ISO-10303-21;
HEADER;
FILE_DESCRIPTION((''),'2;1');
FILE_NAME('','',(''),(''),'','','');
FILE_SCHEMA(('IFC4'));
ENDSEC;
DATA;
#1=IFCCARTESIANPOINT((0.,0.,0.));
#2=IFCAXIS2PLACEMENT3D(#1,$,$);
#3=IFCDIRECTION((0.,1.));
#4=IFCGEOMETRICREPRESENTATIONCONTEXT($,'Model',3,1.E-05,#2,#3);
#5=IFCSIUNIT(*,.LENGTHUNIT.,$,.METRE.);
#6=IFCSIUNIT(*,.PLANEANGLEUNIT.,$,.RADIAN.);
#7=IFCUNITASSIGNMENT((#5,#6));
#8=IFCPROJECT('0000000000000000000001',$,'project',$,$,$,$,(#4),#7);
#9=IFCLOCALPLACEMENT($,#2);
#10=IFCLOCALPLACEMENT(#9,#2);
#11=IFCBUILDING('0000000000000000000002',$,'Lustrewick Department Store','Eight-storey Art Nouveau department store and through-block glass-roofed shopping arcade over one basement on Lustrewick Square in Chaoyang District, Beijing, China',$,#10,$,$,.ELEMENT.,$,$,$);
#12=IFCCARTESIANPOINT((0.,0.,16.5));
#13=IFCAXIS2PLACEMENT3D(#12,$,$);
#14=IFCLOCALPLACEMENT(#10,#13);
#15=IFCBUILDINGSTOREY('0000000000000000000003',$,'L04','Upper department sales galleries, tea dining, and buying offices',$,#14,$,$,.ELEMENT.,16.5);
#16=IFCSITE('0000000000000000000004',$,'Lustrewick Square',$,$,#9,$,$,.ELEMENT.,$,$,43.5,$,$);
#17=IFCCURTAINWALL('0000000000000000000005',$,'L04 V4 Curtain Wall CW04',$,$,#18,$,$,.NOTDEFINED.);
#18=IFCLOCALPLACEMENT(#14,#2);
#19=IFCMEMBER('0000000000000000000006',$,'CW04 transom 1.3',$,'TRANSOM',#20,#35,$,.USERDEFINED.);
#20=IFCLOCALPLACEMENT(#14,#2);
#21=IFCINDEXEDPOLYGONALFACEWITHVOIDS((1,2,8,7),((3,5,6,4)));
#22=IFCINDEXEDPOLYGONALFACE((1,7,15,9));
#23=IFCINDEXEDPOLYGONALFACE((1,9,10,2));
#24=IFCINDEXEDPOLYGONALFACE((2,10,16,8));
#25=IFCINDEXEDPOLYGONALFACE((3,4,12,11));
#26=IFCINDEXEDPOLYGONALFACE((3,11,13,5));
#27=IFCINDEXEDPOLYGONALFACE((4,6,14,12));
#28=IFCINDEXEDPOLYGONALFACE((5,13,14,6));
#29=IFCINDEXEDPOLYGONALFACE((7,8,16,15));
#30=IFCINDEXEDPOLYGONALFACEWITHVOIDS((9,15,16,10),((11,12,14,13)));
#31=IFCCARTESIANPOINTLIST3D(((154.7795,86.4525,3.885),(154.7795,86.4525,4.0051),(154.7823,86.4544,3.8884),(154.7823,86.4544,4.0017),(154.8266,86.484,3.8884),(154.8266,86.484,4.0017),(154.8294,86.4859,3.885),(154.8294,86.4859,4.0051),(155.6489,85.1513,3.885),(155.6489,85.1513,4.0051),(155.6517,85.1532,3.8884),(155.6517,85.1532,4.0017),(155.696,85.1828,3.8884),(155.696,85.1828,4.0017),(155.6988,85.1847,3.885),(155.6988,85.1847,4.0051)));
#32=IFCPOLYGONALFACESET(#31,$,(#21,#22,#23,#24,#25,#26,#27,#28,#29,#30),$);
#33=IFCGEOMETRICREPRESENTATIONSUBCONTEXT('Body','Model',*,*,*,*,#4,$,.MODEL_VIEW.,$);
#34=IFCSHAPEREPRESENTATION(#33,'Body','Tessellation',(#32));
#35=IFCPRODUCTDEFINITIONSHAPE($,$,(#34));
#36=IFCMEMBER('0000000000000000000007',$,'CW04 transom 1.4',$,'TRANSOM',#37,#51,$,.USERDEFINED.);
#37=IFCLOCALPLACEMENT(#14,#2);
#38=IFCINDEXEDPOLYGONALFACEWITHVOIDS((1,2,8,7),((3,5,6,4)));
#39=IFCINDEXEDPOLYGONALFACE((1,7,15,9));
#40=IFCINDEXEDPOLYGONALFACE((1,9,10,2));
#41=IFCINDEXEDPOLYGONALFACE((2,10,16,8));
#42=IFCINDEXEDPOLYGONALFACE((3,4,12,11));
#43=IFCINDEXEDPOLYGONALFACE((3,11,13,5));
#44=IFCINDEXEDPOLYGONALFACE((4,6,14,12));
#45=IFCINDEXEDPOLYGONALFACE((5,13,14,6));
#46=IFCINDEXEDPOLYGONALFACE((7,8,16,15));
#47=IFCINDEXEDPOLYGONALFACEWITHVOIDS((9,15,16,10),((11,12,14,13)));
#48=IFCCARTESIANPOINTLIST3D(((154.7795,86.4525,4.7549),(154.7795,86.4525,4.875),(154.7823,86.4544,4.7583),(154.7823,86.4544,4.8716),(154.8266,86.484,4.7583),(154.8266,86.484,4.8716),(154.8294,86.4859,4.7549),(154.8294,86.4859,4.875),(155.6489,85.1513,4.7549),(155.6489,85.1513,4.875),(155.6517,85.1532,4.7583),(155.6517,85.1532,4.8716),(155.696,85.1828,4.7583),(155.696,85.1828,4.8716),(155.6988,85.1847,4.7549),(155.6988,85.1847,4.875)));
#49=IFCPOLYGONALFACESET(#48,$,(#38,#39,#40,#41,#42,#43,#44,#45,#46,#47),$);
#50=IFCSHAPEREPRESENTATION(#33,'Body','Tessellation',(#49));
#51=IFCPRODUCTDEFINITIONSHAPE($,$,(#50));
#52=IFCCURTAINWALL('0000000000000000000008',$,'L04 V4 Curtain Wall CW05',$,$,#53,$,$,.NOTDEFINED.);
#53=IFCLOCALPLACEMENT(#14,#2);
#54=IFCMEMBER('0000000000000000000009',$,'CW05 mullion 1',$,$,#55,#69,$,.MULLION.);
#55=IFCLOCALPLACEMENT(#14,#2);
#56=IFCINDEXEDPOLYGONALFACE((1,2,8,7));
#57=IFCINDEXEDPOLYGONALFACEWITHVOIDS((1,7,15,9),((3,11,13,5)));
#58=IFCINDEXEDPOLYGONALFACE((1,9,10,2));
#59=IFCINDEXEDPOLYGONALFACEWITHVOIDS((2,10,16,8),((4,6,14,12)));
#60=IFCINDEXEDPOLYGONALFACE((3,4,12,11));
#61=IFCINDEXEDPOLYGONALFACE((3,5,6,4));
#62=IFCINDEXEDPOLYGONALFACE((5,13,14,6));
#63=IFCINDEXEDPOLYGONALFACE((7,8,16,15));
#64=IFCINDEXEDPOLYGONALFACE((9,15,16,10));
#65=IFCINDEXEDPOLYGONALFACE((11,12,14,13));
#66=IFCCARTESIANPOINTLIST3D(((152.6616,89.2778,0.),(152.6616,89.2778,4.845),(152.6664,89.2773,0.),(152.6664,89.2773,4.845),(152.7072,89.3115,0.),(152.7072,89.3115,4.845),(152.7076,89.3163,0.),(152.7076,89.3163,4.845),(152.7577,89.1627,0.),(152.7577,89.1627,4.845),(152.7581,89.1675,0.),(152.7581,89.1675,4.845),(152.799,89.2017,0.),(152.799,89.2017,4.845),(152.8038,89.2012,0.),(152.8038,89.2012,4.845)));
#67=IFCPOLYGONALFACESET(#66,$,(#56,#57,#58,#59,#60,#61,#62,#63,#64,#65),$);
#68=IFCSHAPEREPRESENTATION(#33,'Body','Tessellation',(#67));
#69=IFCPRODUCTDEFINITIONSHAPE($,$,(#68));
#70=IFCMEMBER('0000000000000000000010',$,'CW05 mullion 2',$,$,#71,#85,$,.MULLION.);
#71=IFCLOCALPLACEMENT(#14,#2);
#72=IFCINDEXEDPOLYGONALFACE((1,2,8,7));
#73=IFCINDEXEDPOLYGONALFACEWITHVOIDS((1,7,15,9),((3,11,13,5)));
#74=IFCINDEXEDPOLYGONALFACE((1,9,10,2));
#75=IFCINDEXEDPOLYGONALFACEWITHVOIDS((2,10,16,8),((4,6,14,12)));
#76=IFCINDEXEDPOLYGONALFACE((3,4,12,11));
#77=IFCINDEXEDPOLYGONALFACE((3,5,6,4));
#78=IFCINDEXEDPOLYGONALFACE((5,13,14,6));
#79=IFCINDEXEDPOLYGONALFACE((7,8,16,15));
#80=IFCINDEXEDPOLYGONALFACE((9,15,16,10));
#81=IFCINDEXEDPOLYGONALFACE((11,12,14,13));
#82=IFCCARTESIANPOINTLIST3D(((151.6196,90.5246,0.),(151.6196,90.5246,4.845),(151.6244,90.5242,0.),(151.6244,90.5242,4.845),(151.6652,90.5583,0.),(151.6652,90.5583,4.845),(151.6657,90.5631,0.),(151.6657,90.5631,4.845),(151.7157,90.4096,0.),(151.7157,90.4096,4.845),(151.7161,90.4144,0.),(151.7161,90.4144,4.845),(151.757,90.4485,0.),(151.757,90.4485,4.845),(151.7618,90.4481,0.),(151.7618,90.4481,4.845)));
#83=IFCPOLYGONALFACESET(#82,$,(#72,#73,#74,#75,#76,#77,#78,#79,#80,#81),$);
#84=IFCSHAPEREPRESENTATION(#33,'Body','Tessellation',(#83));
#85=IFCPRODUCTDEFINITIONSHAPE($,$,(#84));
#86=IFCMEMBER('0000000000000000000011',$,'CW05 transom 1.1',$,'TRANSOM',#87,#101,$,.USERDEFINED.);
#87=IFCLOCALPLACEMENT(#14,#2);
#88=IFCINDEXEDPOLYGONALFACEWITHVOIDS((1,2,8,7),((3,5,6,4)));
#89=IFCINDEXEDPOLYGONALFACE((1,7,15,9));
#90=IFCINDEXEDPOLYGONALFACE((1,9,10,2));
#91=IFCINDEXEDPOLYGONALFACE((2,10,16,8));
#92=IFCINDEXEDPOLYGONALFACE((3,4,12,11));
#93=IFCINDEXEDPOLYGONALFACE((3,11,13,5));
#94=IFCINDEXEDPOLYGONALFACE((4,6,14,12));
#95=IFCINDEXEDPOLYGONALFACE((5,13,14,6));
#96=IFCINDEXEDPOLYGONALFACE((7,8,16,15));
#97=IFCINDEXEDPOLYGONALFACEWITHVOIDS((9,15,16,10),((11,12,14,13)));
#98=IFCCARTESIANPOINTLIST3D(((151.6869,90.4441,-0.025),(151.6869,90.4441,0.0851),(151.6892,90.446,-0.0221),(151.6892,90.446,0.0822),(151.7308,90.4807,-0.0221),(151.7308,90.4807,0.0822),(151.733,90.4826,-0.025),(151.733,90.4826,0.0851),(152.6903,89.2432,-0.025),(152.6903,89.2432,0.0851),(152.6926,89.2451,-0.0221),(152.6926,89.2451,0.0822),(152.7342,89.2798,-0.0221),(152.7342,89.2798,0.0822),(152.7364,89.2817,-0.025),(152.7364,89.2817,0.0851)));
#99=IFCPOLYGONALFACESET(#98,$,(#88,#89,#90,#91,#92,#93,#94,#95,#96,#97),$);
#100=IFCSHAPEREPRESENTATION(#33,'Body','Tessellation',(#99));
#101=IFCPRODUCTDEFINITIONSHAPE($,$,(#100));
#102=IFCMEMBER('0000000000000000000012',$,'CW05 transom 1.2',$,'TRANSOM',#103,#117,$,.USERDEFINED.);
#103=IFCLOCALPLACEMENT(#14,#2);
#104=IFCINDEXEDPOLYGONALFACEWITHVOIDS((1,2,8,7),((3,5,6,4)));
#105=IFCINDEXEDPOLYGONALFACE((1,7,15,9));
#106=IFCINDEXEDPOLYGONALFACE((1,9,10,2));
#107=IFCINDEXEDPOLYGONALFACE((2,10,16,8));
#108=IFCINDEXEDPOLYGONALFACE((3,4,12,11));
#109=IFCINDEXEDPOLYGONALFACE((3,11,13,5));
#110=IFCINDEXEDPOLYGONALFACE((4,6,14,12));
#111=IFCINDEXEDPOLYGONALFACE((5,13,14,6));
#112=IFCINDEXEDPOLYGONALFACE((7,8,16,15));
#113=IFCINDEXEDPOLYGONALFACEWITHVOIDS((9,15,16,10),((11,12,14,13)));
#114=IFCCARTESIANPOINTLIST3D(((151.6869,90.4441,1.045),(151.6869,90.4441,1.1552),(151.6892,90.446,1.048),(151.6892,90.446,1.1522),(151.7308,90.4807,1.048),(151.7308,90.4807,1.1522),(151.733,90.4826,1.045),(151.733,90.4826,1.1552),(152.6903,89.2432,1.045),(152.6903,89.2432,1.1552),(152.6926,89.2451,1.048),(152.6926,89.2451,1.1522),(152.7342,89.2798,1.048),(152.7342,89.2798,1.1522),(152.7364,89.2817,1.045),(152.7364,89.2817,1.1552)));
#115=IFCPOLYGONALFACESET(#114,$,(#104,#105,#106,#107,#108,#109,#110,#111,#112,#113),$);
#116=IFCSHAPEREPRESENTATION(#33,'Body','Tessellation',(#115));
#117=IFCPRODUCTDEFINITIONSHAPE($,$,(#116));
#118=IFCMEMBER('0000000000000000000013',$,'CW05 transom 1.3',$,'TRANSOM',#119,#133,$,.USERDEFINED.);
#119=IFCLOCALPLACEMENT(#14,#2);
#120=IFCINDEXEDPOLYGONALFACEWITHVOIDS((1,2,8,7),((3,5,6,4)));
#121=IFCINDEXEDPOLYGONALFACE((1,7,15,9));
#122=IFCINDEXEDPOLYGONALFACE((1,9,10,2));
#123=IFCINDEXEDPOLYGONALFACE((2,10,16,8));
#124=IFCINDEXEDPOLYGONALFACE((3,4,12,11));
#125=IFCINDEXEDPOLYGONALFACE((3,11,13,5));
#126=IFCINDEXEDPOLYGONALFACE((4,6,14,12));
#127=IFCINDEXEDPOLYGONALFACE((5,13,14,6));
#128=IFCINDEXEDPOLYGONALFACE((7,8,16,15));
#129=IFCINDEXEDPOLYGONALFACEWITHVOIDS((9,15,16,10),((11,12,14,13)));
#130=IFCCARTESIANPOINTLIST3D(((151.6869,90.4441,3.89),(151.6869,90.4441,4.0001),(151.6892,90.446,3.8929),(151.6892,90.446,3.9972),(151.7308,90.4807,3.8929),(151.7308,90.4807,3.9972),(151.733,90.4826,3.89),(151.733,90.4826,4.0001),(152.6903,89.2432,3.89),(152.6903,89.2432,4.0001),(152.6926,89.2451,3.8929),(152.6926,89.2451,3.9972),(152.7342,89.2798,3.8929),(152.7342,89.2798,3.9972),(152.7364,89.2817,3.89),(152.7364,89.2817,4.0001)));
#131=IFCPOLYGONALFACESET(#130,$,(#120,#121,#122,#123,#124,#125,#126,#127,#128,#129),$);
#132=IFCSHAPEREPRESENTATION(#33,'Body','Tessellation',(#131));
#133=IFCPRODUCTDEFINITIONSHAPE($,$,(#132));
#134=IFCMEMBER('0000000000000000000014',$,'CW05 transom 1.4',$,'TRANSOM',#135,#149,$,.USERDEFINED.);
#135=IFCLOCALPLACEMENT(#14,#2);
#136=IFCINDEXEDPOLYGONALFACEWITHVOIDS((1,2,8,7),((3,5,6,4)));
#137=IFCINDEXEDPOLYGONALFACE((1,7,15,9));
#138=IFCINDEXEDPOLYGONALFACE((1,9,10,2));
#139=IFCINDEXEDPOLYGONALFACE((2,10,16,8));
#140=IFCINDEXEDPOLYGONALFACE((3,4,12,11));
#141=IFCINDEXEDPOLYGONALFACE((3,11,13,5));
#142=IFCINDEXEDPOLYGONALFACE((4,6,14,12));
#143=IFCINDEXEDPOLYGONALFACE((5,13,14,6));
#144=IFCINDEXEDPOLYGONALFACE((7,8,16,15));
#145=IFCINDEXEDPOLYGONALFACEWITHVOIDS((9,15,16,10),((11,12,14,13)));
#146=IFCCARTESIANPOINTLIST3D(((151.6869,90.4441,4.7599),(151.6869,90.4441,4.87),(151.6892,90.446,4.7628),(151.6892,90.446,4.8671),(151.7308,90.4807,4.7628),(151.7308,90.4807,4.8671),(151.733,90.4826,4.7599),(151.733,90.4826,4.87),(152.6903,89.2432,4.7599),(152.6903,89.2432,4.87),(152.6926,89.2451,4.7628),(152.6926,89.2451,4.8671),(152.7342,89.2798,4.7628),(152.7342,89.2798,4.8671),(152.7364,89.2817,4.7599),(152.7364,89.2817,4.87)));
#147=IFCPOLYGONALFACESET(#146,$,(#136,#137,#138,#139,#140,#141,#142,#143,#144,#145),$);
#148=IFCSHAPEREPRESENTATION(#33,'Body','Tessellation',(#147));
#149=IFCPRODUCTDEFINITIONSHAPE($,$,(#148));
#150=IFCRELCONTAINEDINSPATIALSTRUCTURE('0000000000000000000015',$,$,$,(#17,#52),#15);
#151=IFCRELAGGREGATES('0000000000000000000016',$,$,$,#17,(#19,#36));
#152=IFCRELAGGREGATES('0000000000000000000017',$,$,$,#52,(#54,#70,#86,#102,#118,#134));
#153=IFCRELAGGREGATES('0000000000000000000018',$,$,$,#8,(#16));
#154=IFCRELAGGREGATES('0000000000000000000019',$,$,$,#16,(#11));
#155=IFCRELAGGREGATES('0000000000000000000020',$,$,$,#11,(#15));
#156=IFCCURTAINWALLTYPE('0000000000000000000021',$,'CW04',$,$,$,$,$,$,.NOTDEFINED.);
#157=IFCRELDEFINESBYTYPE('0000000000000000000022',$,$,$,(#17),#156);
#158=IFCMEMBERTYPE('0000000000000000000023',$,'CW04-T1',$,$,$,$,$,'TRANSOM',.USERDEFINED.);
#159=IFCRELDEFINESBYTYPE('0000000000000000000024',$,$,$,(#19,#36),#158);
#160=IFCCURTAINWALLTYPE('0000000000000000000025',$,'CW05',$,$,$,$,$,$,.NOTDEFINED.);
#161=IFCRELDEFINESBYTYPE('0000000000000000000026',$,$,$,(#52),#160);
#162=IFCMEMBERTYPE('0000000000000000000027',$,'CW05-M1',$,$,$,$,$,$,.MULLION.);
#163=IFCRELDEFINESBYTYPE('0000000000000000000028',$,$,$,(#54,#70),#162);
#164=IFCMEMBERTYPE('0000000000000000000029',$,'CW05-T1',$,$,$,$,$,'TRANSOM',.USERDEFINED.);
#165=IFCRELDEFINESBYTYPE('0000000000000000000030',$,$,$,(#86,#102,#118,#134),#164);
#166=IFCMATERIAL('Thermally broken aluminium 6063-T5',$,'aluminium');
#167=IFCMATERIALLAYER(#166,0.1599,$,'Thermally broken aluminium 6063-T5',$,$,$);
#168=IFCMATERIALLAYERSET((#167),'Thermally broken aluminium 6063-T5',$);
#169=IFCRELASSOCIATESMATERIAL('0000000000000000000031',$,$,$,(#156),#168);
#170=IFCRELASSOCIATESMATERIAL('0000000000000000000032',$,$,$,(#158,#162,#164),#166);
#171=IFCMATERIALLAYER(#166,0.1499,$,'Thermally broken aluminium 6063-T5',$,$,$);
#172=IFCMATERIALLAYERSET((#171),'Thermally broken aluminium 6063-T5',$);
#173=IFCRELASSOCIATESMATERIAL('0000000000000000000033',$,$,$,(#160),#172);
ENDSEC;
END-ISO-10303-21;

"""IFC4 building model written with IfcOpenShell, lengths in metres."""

from ifc_helpers import new_model, si_unit, direction, frame, origin, origin_2d, place, context, subcontext, project, spatial, hollow_rectangle, extrude, material, layer, layer_set, material_profile, profile_set, type_object, element, aggregate, save


model = new_model("IFC4")

# Units and contexts
model_context = context("Model", 3, precision=1e-05, world=origin(), true_north=direction((0.0, 1.0)))
body_context = subcontext(model_context, "Body", "Model", "MODEL_VIEW")
ifc_project = project(units=[si_unit("LENGTHUNIT", "METRE"), si_unit("PLANEANGLEUNIT", "RADIAN")], contexts=[model_context])

# Site, building, storey
site_placement = place(None, origin())
site = spatial("IfcSite", under=ifc_project, at=site_placement, Name="Lustrewick Square", CompositionType="ELEMENT", RefElevation=43.5)
building_placement = place(site_placement, origin())
building = spatial("IfcBuilding", under=site, at=building_placement, Name="Lustrewick Department Store", Description="Eight-storey Art Nouveau department store and through-block glass-roofed shopping arcade over one basement on Lustrewick Square in Chaoyang District, Beijing, China", CompositionType="ELEMENT")
storey_placement = place(building_placement, frame((0.0, 0.0, 16.5)))
storey = spatial("IfcBuildingStorey", under=building, at=storey_placement, Name="L04", Description="Upper department sales galleries, tea dining, and buying offices", CompositionType="ELEMENT", Elevation=16.5)

# Curtain walls, members
ifc_material_1 = material(Name="Thermally broken aluminium 6063-T5", Category="aluminium")
ifc_layer_1 = layer(ifc_material_1, 0.1599, Name="Thermally broken aluminium 6063-T5")
ifc_layer_set_1 = layer_set([ifc_layer_1], Name="Thermally broken aluminium 6063-T5")
curtain_wall_type_1 = type_object("IfcCurtainWallType", Name="CW04", PredefinedType="NOTDEFINED", material=ifc_layer_set_1)
curtain_wall_1_placement = place(storey_placement, origin())
curtain_wall_1 = element("IfcCurtainWall", 1, at=curtain_wall_1_placement, inside=storey, type_object=curtain_wall_type_1, Name="L04 V4 Curtain Wall CW04", PredefinedType="NOTDEFINED")
ifc_material_profile_1 = material_profile(ifc_material_1, hollow_rectangle(XDim=0.0601, YDim=0.1201, WallThickness=0.0034, at=origin_2d()), Name="ALU-T 60x120x3.5")
ifc_profile_set_1 = profile_set([ifc_material_profile_1], Name="Thermally broken aluminium 6063-T5")
member_type_1 = type_object("IfcMemberType", Name="CW04-T1", ElementType="TRANSOM", PredefinedType="USERDEFINED", material=ifc_profile_set_1)
member_1_placement = place(storey_placement, frame((155.6738, 85.168, 3.9451), z_axis=(-0.555528, 0.831498, 0.0), x_axis=(-0.831498, -0.555528, 0.0)))
member_1 = element("IfcMember", 2, at=member_1_placement, type_object=member_type_1, Name="CW04 transom 1.3", ObjectType="TRANSOM", PredefinedType="USERDEFINED", context=body_context, shape_type="SweptSolid", body=[
    extrude(hollow_rectangle(XDim=0.0601, YDim=0.1201, WallThickness=0.0034, at=origin_2d()), origin(), (0.0, 0.0, 1.0), 1.5649),
])
member_2_placement = place(storey_placement, frame((155.6738, 85.168, 4.8149), z_axis=(-0.555528, 0.831498, 0.0), x_axis=(-0.831498, -0.555528, 0.0)))
member_2 = element("IfcMember", 3, at=member_2_placement, type_object=member_type_1, Name="CW04 transom 1.4", ObjectType="TRANSOM", PredefinedType="USERDEFINED", context=body_context, shape_type="SweptSolid", body=[
    extrude(hollow_rectangle(XDim=0.0601, YDim=0.1201, WallThickness=0.0034, at=origin_2d()), origin(), (0.0, 0.0, 1.0), 1.5649),
])
ifc_layer_2 = layer(ifc_material_1, 0.1499, Name="Thermally broken aluminium 6063-T5")
ifc_layer_set_2 = layer_set([ifc_layer_2], Name="Thermally broken aluminium 6063-T5")
curtain_wall_type_2 = type_object("IfcCurtainWallType", Name="CW05", PredefinedType="NOTDEFINED", material=ifc_layer_set_2)
curtain_wall_2_placement = place(storey_placement, origin())
curtain_wall_2 = element("IfcCurtainWall", 4, at=curtain_wall_2_placement, inside=storey, type_object=curtain_wall_type_2, Name="L04 V4 Curtain Wall CW05", PredefinedType="NOTDEFINED")
ifc_material_profile_2 = material_profile(ifc_material_1, hollow_rectangle(XDim=0.0601, YDim=0.1499, WallThickness=0.0034, at=origin_2d()), Name="ALU-M 60x150x3.5")
ifc_profile_set_2 = profile_set([ifc_material_profile_2], Name="Thermally broken aluminium 6063-T5")
member_type_2 = type_object("IfcMemberType", Name="CW05-M1", PredefinedType="MULLION", material=ifc_profile_set_2)
member_3_placement = place(storey_placement, frame((152.7327, 89.2395, 0.0), z_axis=(0.0, 0.0, 1.0), x_axis=(-0.767321, -0.641264, 0.0)))
member_3 = element("IfcMember", 5, at=member_3_placement, type_object=member_type_2, Name="CW05 mullion 1", PredefinedType="MULLION", context=body_context, shape_type="SweptSolid", body=[
    extrude(hollow_rectangle(XDim=0.0601, YDim=0.1499, WallThickness=0.0034, at=origin_2d()), origin(), (0.0, 0.0, 1.0), 4.845),
])
member_4_placement = place(storey_placement, frame((151.6907, 90.4863, 0.0), z_axis=(0.0, 0.0, 1.0), x_axis=(-0.767321, -0.641264, 0.0)))
member_4 = element("IfcMember", 6, at=member_4_placement, type_object=member_type_2, Name="CW05 mullion 2", PredefinedType="MULLION", context=body_context, shape_type="SweptSolid", body=[
    extrude(hollow_rectangle(XDim=0.0601, YDim=0.1499, WallThickness=0.0034, at=origin_2d()), origin(), (0.0, 0.0, 1.0), 4.845),
])
ifc_material_profile_3 = material_profile(ifc_material_1, hollow_rectangle(XDim=0.0601, YDim=0.1101, WallThickness=0.0029, at=origin_2d()), Name="ALU-T 60x110x3")
ifc_profile_set_3 = profile_set([ifc_material_profile_3], Name="Thermally broken aluminium 6063-T5")
member_type_3 = type_object("IfcMemberType", Name="CW05-T1", ElementType="TRANSOM", PredefinedType="USERDEFINED", material=ifc_profile_set_3)
member_5_placement = place(storey_placement, frame((152.7134, 89.2625, 0.03), z_axis=(-0.641181, 0.767389, 0.0), x_axis=(-0.767389, -0.641181, 0.0)))
member_5 = element("IfcMember", 7, at=member_5_placement, type_object=member_type_3, Name="CW05 transom 1.1", ObjectType="TRANSOM", PredefinedType="USERDEFINED", context=body_context, shape_type="SweptSolid", body=[
    extrude(hollow_rectangle(XDim=0.0601, YDim=0.1101, WallThickness=0.0029, at=origin_2d()), origin(), (0.0, 0.0, 1.0), 1.5649),
])
member_6_placement = place(storey_placement, frame((152.7134, 89.2625, 1.1001), z_axis=(-0.641181, 0.767389, 0.0), x_axis=(-0.767389, -0.641181, 0.0)))
member_6 = element("IfcMember", 8, at=member_6_placement, type_object=member_type_3, Name="CW05 transom 1.2", ObjectType="TRANSOM", PredefinedType="USERDEFINED", context=body_context, shape_type="SweptSolid", body=[
    extrude(hollow_rectangle(XDim=0.0601, YDim=0.1101, WallThickness=0.0029, at=origin_2d()), origin(), (0.0, 0.0, 1.0), 1.5649),
])
member_7_placement = place(storey_placement, frame((152.7134, 89.2625, 3.9451), z_axis=(-0.641181, 0.767389, 0.0), x_axis=(-0.767389, -0.641181, 0.0)))
member_7 = element("IfcMember", 9, at=member_7_placement, type_object=member_type_3, Name="CW05 transom 1.3", ObjectType="TRANSOM", PredefinedType="USERDEFINED", context=body_context, shape_type="SweptSolid", body=[
    extrude(hollow_rectangle(XDim=0.0601, YDim=0.1101, WallThickness=0.0029, at=origin_2d()), origin(), (0.0, 0.0, 1.0), 1.5649),
])
member_8_placement = place(storey_placement, frame((152.7134, 89.2625, 4.8149), z_axis=(-0.641181, 0.767389, 0.0), x_axis=(-0.767389, -0.641181, 0.0)))
member_8 = element("IfcMember", 10, at=member_8_placement, type_object=member_type_3, Name="CW05 transom 1.4", ObjectType="TRANSOM", PredefinedType="USERDEFINED", context=body_context, shape_type="SweptSolid", body=[
    extrude(hollow_rectangle(XDim=0.0601, YDim=0.1101, WallThickness=0.0029, at=origin_2d()), origin(), (0.0, 0.0, 1.0), 1.5649),
])

aggregate(curtain_wall_1, [member_1, member_2])
aggregate(curtain_wall_2, [member_3, member_4, member_5, member_6, member_7, member_8])

save(model, "model.ifc")
